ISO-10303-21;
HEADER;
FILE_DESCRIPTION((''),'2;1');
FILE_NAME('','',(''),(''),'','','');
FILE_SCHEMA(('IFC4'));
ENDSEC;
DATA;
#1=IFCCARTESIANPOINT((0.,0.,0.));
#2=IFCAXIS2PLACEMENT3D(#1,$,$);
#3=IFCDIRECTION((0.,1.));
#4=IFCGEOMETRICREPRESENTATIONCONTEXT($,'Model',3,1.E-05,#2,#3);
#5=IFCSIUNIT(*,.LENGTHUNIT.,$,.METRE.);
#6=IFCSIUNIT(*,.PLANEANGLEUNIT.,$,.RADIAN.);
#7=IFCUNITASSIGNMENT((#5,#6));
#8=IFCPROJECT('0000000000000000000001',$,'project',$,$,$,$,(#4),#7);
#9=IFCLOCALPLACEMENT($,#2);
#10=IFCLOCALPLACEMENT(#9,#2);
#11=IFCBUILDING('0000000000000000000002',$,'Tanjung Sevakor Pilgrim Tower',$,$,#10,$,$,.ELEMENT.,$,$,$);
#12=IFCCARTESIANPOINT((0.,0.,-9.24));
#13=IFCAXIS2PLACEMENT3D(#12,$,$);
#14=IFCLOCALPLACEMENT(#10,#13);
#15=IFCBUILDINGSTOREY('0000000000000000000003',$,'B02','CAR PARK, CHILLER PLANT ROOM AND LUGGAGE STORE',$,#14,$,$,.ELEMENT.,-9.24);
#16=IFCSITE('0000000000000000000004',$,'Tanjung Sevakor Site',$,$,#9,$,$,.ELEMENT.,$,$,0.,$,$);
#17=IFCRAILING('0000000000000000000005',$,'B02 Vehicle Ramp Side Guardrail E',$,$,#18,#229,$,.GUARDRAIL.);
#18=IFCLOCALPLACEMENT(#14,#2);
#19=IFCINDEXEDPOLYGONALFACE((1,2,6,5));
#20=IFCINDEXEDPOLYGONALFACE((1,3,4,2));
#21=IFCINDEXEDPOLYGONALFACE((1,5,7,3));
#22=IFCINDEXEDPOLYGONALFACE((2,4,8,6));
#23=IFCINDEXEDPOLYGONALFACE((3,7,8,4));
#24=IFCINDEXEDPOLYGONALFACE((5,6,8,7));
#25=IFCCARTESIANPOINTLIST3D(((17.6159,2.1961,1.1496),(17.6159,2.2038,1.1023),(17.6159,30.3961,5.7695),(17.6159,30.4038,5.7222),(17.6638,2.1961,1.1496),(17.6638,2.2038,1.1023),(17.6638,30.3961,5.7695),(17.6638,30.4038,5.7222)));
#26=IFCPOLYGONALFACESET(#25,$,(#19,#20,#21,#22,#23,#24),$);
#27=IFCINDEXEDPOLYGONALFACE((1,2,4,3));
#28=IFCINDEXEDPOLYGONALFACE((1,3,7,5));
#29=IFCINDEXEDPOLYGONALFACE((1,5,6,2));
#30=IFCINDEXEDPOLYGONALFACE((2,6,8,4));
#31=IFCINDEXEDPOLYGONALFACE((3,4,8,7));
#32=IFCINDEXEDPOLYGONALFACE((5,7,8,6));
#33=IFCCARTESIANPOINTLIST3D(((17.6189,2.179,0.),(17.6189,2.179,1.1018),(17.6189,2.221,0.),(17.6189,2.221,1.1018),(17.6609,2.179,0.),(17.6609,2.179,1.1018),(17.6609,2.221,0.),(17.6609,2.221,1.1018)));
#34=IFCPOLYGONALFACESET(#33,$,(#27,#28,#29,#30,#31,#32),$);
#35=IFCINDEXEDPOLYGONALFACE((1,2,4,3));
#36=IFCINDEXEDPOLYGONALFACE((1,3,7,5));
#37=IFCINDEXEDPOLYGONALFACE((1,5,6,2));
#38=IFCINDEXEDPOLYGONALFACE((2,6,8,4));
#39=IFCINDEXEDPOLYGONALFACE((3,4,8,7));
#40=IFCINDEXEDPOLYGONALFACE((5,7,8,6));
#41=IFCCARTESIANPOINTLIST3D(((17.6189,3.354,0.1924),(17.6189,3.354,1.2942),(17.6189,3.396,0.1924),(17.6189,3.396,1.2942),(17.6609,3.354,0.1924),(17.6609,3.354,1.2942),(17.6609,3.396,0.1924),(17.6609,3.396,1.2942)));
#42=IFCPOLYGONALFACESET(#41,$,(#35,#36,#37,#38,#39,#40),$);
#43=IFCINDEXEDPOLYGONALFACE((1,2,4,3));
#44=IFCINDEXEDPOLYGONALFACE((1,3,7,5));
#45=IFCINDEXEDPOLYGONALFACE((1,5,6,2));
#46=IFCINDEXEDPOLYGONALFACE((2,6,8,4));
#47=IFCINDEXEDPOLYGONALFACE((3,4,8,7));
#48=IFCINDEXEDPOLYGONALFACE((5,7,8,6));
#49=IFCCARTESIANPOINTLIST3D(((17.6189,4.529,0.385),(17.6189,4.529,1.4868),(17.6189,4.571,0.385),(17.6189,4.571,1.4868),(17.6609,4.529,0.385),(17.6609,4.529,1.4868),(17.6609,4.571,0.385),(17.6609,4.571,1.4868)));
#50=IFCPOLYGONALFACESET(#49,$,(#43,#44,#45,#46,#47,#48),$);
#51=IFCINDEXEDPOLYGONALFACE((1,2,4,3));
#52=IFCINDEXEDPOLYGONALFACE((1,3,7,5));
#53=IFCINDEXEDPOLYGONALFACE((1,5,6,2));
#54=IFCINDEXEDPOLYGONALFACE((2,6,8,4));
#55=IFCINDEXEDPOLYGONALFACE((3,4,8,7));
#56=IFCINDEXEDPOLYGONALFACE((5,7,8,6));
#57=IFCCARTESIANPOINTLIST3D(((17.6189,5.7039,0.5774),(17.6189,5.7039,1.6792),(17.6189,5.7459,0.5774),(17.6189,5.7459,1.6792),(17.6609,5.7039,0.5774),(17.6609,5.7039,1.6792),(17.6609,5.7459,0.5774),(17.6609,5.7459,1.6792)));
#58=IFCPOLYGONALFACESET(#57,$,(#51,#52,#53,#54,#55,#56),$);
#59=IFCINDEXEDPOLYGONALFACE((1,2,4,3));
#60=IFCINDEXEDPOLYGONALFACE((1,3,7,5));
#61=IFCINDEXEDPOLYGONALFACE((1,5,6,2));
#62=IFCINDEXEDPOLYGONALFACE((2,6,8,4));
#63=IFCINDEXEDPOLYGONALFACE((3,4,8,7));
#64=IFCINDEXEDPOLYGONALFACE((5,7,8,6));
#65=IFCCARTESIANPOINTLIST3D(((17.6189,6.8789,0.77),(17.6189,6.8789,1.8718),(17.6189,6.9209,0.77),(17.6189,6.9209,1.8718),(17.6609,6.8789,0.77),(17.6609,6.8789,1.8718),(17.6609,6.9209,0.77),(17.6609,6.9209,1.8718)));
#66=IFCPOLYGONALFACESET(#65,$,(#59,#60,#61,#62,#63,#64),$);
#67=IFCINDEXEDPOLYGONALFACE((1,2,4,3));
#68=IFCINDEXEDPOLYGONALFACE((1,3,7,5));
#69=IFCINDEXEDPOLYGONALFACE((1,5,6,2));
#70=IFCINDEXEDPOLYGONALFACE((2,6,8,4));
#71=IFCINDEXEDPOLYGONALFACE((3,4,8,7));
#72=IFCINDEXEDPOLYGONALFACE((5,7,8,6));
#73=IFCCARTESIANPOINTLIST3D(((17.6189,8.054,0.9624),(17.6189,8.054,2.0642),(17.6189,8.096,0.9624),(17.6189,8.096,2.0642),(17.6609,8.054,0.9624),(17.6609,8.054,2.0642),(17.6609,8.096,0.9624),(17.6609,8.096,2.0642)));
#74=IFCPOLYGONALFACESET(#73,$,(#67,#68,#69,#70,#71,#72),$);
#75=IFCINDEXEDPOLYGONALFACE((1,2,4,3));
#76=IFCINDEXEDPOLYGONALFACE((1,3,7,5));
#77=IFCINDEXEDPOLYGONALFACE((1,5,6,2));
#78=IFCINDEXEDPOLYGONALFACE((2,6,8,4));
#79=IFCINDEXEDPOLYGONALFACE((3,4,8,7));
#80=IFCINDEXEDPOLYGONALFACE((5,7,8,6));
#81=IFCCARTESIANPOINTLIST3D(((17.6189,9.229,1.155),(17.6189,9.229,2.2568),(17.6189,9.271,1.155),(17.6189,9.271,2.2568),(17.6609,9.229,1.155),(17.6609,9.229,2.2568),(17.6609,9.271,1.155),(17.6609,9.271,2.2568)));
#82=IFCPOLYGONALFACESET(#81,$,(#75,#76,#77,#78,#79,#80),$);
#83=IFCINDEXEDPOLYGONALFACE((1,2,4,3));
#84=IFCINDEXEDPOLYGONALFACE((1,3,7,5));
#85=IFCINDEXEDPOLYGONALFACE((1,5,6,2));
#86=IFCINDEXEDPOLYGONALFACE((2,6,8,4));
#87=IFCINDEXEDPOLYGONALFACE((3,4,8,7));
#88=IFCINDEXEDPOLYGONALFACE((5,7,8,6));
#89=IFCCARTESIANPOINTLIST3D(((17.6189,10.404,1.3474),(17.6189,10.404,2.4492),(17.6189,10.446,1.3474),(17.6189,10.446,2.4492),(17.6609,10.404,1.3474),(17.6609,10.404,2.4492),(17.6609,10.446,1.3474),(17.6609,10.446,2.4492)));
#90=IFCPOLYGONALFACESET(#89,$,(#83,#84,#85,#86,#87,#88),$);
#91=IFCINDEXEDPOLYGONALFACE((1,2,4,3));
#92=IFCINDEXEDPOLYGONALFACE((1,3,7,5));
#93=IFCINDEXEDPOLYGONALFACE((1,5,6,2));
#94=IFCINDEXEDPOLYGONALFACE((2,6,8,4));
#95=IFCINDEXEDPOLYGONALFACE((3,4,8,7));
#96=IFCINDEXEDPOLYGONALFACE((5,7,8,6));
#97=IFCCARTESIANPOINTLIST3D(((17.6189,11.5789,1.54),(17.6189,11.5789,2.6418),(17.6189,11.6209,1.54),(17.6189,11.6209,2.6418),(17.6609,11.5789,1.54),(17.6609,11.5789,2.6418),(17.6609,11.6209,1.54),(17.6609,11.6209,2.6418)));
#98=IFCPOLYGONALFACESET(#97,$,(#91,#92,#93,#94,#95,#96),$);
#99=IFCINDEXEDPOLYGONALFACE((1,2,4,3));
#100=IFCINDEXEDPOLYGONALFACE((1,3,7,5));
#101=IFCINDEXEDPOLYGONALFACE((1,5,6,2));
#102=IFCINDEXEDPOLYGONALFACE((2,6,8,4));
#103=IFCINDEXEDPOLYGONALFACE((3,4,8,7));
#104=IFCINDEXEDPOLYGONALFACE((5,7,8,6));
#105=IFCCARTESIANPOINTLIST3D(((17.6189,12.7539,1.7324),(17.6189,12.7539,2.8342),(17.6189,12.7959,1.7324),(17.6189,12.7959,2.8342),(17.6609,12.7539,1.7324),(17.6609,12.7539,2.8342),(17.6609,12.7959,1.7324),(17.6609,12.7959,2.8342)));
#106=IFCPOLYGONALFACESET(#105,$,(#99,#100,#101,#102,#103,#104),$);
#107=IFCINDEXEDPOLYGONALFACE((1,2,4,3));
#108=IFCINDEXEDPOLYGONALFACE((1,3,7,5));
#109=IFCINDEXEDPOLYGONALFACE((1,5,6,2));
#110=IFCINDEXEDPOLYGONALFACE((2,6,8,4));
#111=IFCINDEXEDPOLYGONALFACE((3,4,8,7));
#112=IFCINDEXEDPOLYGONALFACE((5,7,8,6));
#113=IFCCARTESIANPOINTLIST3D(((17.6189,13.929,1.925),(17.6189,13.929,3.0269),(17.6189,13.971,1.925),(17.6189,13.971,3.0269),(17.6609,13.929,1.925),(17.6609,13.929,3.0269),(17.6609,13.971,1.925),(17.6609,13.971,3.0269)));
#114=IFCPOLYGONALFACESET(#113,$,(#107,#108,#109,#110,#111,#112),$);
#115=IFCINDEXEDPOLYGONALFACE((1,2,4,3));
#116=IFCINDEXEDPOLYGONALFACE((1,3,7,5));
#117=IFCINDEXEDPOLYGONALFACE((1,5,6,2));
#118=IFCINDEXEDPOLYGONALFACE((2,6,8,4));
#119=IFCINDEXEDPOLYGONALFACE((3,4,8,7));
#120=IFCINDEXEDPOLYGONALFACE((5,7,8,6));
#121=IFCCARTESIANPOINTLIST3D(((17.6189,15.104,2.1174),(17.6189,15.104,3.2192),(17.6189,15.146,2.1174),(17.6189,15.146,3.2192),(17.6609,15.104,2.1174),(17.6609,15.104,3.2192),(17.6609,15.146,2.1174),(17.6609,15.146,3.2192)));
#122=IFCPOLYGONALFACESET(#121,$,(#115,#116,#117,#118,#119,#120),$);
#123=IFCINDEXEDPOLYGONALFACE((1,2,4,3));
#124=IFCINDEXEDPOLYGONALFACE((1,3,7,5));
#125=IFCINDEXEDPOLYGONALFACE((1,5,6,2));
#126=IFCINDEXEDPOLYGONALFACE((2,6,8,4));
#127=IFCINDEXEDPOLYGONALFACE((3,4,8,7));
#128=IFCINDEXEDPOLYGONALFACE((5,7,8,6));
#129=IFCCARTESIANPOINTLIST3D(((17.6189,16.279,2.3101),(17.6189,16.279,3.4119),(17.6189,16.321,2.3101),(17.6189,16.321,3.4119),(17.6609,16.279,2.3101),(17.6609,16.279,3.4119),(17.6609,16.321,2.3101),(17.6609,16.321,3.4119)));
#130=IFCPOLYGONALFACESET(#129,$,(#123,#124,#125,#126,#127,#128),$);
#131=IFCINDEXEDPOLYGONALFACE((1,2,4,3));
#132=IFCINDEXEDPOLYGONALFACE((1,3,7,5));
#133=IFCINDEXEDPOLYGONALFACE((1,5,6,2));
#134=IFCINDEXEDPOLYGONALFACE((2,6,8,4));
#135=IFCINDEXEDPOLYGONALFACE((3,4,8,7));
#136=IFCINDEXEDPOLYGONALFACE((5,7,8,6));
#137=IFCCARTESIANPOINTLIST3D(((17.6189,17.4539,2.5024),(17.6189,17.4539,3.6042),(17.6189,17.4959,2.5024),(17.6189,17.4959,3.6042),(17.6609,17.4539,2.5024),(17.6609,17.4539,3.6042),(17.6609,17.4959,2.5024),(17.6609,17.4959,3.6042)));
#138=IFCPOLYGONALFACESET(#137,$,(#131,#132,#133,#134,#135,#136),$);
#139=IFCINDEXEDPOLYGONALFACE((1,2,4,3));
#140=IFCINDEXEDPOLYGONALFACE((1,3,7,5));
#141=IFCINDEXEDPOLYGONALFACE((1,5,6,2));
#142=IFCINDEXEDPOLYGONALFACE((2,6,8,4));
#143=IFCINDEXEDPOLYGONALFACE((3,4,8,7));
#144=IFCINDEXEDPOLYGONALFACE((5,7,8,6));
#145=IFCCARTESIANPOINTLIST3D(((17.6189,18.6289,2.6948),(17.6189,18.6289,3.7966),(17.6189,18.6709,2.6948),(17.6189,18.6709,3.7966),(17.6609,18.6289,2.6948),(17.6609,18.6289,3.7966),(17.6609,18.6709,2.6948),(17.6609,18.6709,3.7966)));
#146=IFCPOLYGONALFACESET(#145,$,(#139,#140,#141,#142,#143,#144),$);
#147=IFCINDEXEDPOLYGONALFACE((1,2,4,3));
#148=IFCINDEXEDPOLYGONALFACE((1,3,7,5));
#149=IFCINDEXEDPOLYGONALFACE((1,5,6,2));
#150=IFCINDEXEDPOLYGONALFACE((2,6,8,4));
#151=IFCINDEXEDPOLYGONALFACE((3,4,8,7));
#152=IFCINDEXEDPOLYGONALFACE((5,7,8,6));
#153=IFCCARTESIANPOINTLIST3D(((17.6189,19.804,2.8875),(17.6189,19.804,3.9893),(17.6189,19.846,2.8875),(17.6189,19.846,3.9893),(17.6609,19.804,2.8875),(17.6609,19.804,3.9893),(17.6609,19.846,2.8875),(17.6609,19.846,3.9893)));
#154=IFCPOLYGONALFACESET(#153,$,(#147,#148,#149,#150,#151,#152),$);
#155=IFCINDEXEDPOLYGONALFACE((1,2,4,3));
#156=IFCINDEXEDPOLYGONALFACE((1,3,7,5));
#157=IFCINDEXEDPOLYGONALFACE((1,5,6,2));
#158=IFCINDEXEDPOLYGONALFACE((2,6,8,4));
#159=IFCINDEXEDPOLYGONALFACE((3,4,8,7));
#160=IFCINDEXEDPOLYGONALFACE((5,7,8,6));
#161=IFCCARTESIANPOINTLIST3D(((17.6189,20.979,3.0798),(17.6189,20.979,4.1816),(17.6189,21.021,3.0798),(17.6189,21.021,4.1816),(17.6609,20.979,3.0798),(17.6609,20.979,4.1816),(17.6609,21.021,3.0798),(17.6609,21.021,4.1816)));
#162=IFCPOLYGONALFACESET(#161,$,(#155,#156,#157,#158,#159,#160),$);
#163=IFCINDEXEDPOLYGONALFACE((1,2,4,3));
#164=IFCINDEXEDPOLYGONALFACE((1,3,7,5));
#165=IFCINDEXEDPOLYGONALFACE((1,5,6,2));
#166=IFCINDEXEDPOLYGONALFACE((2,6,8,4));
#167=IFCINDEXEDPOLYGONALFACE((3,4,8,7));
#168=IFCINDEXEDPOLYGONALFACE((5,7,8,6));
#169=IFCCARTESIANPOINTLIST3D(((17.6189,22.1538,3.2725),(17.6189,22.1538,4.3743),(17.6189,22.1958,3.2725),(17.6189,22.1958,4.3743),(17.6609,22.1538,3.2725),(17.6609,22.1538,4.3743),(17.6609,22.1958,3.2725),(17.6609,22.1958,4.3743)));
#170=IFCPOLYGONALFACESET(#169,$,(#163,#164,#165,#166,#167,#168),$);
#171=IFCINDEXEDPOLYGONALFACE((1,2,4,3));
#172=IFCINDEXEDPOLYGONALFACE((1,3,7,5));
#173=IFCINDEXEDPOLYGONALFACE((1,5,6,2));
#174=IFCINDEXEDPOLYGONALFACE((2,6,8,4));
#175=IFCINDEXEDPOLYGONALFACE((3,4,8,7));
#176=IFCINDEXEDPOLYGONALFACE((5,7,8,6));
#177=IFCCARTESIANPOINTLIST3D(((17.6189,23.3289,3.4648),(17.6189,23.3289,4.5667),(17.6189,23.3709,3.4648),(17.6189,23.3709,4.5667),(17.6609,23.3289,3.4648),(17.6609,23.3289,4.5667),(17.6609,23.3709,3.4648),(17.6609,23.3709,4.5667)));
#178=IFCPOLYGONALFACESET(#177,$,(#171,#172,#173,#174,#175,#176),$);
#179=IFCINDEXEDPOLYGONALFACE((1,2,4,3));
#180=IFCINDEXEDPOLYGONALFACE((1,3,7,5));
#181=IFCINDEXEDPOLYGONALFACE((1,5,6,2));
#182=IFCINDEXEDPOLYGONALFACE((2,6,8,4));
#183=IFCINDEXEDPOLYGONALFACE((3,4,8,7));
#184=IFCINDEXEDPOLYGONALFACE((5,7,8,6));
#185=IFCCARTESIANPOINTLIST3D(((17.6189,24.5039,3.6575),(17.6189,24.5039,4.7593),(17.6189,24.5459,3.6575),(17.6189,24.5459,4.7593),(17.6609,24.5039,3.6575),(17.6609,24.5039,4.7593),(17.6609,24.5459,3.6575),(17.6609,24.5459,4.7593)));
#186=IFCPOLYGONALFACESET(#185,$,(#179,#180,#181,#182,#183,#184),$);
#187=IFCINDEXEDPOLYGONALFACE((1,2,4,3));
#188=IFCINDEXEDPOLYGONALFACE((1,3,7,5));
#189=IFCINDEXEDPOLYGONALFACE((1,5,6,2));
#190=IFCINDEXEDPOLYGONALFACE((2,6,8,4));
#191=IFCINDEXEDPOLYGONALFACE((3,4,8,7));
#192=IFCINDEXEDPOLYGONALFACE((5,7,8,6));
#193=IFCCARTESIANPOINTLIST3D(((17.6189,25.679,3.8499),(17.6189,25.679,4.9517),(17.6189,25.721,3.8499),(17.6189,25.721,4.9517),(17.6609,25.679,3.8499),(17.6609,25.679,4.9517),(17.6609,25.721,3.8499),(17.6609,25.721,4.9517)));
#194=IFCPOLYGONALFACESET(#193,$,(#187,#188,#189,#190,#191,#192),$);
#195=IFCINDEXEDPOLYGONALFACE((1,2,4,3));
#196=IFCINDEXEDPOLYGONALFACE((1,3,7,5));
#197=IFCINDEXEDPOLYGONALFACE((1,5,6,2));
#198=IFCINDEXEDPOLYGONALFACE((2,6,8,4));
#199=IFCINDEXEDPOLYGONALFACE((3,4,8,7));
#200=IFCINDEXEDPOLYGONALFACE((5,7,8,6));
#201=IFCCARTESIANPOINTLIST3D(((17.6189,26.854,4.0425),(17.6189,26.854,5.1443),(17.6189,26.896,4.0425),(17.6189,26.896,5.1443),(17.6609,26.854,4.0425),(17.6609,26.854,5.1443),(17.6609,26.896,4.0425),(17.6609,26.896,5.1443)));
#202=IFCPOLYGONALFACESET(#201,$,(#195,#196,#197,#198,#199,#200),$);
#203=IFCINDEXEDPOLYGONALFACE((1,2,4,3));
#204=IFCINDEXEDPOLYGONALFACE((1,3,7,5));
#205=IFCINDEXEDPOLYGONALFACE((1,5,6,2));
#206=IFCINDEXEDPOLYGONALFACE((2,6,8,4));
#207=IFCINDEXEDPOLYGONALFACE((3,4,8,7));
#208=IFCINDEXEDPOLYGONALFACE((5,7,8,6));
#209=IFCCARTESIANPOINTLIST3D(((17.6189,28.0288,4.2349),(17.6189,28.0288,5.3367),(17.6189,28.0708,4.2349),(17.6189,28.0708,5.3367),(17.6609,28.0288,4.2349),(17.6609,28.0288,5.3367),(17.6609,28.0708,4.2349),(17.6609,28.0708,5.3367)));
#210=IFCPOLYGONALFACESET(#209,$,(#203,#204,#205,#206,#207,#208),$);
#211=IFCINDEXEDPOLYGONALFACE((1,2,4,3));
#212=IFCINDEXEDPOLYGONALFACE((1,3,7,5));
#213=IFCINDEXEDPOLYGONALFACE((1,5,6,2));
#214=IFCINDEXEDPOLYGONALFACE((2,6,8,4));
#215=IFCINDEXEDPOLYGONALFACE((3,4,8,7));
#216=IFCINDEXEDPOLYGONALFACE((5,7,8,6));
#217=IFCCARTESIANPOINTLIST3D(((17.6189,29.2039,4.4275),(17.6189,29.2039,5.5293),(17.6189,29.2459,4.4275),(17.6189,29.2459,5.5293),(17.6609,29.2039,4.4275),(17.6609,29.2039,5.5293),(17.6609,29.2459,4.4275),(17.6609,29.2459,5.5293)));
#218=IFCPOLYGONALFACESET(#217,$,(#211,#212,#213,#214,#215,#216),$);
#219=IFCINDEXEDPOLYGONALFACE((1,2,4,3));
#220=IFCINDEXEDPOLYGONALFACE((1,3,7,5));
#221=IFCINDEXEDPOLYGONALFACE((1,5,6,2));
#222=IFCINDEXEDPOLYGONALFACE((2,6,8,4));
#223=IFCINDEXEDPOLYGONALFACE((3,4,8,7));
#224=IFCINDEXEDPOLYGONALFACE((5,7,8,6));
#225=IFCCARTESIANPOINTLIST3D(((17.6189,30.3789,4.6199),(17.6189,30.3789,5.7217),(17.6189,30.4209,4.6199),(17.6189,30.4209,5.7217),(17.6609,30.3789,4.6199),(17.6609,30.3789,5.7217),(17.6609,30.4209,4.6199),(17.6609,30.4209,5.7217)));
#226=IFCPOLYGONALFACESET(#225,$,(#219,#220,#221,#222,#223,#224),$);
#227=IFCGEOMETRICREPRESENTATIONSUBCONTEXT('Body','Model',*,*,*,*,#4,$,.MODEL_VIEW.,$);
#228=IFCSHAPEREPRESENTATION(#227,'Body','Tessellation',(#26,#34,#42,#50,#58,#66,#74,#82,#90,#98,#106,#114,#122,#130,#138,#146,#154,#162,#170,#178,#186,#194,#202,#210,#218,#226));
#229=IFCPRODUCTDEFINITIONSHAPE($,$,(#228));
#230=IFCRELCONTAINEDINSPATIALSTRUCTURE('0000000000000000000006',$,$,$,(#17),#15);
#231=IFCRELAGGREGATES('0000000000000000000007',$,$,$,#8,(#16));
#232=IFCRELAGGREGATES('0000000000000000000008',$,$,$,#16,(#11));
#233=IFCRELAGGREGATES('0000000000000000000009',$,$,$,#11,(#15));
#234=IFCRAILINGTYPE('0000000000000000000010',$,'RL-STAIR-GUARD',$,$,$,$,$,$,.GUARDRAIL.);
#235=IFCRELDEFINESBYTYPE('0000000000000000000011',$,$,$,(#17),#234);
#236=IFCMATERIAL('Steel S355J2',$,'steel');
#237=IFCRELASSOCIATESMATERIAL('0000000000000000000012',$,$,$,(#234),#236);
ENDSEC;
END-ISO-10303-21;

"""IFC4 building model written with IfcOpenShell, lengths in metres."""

from ifc_helpers import new_model, si_unit, direction, frame, origin, place, context, subcontext, project, spatial, rectangle, extrude, material, type_object, element, save


model = new_model("IFC4")

# Units and contexts
model_context = context("Model", 3, precision=1e-05, world=origin(), true_north=direction((0.0, 1.0)))
body_context = subcontext(model_context, "Body", "Model", "MODEL_VIEW")
ifc_project = project(units=[si_unit("LENGTHUNIT", "METRE"), si_unit("PLANEANGLEUNIT", "RADIAN")], contexts=[model_context])

# Site, building, storey
site_placement = place(None, origin())
site = spatial("IfcSite", under=ifc_project, at=site_placement, Name="Tanjung Sevakor Site", CompositionType="ELEMENT", RefElevation=0.0)
building_placement = place(site_placement, origin())
building = spatial("IfcBuilding", under=site, at=building_placement, Name="Tanjung Sevakor Pilgrim Tower", CompositionType="ELEMENT")
storey_placement = place(building_placement, frame((0.0, 0.0, -9.24)))
storey = spatial("IfcBuildingStorey", under=building, at=storey_placement, Name="B02", Description="CAR PARK, CHILLER PLANT ROOM AND LUGGAGE STORE", CompositionType="ELEMENT", Elevation=-9.24)

# Railing
ifc_material_1 = material(Name="Steel S355J2", Category="steel")
railing_type_1 = type_object("IfcRailingType", Name="RL-STAIR-GUARD", PredefinedType="GUARDRAIL", material=ifc_material_1)
railing_1_placement = place(storey_placement, frame((17.6399, 2.2, 0.0)))
element("IfcRailing", 1, at=railing_1_placement, inside=storey, type_object=railing_type_1, Name="B02 Vehicle Ramp Side Guardrail E", PredefinedType="GUARDRAIL", context=body_context, shape_type="SweptSolid", body=[
    extrude(rectangle(XDim=0.0479, YDim=0.0479), frame((0.0, 0.0, 1.126), z_axis=(0.0, 0.986845, 0.16167), x_axis=(-1.0, 0.0, 0.0)), (0.0, 0.0, 1.0), 28.5759),
    extrude(rectangle(XDim=0.042, YDim=0.042), origin(), (0.0, 0.0, 1.0), 1.1018),
    extrude(rectangle(XDim=0.042, YDim=0.042), frame((0.0, 1.175, 0.1924)), (0.0, 0.0, 1.0), 1.1018),
    extrude(rectangle(XDim=0.042, YDim=0.042), frame((0.0, 2.3501, 0.385)), (0.0, 0.0, 1.0), 1.1018),
    extrude(rectangle(XDim=0.042, YDim=0.042), frame((0.0, 3.5249, 0.5774)), (0.0, 0.0, 1.0), 1.1018),
    extrude(rectangle(XDim=0.042, YDim=0.042), frame((0.0, 4.7, 0.77)), (0.0, 0.0, 1.0), 1.1018),
    extrude(rectangle(XDim=0.042, YDim=0.042), frame((0.0, 5.875, 0.9624)), (0.0, 0.0, 1.0), 1.1018),
    extrude(rectangle(XDim=0.042, YDim=0.042), frame((0.0, 7.05, 1.155)), (0.0, 0.0, 1.0), 1.1018),
    extrude(rectangle(XDim=0.042, YDim=0.042), frame((0.0, 8.2251, 1.3474)), (0.0, 0.0, 1.0), 1.1018),
    extrude(rectangle(XDim=0.042, YDim=0.042), frame((0.0, 9.3999, 1.54)), (0.0, 0.0, 1.0), 1.1018),
    extrude(rectangle(XDim=0.042, YDim=0.042), frame((0.0, 10.575, 1.7324)), (0.0, 0.0, 1.0), 1.1018),
    extrude(rectangle(XDim=0.042, YDim=0.042), frame((0.0, 11.75, 1.925)), (0.0, 0.0, 1.0), 1.1018),
    extrude(rectangle(XDim=0.042, YDim=0.042), frame((0.0, 12.925, 2.1174)), (0.0, 0.0, 1.0), 1.1018),
    extrude(rectangle(XDim=0.042, YDim=0.042), frame((0.0, 14.1001, 2.3101)), (0.0, 0.0, 1.0), 1.1018),
    extrude(rectangle(XDim=0.042, YDim=0.042), frame((0.0, 15.2749, 2.5024)), (0.0, 0.0, 1.0), 1.1018),
    extrude(rectangle(XDim=0.042, YDim=0.042), frame((0.0, 16.45, 2.6948)), (0.0, 0.0, 1.0), 1.1018),
    extrude(rectangle(XDim=0.042, YDim=0.042), frame((0.0, 17.625, 2.8875)), (0.0, 0.0, 1.0), 1.1018),
    extrude(rectangle(XDim=0.042, YDim=0.042), frame((0.0, 18.8, 3.0798)), (0.0, 0.0, 1.0), 1.1018),
    extrude(rectangle(XDim=0.042, YDim=0.042), frame((0.0, 19.9749, 3.2725)), (0.0, 0.0, 1.0), 1.1018),
    extrude(rectangle(XDim=0.042, YDim=0.042), frame((0.0, 21.1499, 3.4648)), (0.0, 0.0, 1.0), 1.1018),
    extrude(rectangle(XDim=0.042, YDim=0.042), frame((0.0, 22.325, 3.6575)), (0.0, 0.0, 1.0), 1.1018),
    extrude(rectangle(XDim=0.042, YDim=0.042), frame((0.0, 23.5, 3.8499)), (0.0, 0.0, 1.0), 1.1018),
    extrude(rectangle(XDim=0.042, YDim=0.042), frame((0.0, 24.675, 4.0425)), (0.0, 0.0, 1.0), 1.1018),
    extrude(rectangle(XDim=0.042, YDim=0.042), frame((0.0, 25.8499, 4.2349)), (0.0, 0.0, 1.0), 1.1018),
    extrude(rectangle(XDim=0.042, YDim=0.042), frame((0.0, 27.0249, 4.4275)), (0.0, 0.0, 1.0), 1.1018),
    extrude(rectangle(XDim=0.042, YDim=0.042), frame((0.0, 28.2, 4.6199)), (0.0, 0.0, 1.0), 1.1018),
])

save(model, "model.ifc")
